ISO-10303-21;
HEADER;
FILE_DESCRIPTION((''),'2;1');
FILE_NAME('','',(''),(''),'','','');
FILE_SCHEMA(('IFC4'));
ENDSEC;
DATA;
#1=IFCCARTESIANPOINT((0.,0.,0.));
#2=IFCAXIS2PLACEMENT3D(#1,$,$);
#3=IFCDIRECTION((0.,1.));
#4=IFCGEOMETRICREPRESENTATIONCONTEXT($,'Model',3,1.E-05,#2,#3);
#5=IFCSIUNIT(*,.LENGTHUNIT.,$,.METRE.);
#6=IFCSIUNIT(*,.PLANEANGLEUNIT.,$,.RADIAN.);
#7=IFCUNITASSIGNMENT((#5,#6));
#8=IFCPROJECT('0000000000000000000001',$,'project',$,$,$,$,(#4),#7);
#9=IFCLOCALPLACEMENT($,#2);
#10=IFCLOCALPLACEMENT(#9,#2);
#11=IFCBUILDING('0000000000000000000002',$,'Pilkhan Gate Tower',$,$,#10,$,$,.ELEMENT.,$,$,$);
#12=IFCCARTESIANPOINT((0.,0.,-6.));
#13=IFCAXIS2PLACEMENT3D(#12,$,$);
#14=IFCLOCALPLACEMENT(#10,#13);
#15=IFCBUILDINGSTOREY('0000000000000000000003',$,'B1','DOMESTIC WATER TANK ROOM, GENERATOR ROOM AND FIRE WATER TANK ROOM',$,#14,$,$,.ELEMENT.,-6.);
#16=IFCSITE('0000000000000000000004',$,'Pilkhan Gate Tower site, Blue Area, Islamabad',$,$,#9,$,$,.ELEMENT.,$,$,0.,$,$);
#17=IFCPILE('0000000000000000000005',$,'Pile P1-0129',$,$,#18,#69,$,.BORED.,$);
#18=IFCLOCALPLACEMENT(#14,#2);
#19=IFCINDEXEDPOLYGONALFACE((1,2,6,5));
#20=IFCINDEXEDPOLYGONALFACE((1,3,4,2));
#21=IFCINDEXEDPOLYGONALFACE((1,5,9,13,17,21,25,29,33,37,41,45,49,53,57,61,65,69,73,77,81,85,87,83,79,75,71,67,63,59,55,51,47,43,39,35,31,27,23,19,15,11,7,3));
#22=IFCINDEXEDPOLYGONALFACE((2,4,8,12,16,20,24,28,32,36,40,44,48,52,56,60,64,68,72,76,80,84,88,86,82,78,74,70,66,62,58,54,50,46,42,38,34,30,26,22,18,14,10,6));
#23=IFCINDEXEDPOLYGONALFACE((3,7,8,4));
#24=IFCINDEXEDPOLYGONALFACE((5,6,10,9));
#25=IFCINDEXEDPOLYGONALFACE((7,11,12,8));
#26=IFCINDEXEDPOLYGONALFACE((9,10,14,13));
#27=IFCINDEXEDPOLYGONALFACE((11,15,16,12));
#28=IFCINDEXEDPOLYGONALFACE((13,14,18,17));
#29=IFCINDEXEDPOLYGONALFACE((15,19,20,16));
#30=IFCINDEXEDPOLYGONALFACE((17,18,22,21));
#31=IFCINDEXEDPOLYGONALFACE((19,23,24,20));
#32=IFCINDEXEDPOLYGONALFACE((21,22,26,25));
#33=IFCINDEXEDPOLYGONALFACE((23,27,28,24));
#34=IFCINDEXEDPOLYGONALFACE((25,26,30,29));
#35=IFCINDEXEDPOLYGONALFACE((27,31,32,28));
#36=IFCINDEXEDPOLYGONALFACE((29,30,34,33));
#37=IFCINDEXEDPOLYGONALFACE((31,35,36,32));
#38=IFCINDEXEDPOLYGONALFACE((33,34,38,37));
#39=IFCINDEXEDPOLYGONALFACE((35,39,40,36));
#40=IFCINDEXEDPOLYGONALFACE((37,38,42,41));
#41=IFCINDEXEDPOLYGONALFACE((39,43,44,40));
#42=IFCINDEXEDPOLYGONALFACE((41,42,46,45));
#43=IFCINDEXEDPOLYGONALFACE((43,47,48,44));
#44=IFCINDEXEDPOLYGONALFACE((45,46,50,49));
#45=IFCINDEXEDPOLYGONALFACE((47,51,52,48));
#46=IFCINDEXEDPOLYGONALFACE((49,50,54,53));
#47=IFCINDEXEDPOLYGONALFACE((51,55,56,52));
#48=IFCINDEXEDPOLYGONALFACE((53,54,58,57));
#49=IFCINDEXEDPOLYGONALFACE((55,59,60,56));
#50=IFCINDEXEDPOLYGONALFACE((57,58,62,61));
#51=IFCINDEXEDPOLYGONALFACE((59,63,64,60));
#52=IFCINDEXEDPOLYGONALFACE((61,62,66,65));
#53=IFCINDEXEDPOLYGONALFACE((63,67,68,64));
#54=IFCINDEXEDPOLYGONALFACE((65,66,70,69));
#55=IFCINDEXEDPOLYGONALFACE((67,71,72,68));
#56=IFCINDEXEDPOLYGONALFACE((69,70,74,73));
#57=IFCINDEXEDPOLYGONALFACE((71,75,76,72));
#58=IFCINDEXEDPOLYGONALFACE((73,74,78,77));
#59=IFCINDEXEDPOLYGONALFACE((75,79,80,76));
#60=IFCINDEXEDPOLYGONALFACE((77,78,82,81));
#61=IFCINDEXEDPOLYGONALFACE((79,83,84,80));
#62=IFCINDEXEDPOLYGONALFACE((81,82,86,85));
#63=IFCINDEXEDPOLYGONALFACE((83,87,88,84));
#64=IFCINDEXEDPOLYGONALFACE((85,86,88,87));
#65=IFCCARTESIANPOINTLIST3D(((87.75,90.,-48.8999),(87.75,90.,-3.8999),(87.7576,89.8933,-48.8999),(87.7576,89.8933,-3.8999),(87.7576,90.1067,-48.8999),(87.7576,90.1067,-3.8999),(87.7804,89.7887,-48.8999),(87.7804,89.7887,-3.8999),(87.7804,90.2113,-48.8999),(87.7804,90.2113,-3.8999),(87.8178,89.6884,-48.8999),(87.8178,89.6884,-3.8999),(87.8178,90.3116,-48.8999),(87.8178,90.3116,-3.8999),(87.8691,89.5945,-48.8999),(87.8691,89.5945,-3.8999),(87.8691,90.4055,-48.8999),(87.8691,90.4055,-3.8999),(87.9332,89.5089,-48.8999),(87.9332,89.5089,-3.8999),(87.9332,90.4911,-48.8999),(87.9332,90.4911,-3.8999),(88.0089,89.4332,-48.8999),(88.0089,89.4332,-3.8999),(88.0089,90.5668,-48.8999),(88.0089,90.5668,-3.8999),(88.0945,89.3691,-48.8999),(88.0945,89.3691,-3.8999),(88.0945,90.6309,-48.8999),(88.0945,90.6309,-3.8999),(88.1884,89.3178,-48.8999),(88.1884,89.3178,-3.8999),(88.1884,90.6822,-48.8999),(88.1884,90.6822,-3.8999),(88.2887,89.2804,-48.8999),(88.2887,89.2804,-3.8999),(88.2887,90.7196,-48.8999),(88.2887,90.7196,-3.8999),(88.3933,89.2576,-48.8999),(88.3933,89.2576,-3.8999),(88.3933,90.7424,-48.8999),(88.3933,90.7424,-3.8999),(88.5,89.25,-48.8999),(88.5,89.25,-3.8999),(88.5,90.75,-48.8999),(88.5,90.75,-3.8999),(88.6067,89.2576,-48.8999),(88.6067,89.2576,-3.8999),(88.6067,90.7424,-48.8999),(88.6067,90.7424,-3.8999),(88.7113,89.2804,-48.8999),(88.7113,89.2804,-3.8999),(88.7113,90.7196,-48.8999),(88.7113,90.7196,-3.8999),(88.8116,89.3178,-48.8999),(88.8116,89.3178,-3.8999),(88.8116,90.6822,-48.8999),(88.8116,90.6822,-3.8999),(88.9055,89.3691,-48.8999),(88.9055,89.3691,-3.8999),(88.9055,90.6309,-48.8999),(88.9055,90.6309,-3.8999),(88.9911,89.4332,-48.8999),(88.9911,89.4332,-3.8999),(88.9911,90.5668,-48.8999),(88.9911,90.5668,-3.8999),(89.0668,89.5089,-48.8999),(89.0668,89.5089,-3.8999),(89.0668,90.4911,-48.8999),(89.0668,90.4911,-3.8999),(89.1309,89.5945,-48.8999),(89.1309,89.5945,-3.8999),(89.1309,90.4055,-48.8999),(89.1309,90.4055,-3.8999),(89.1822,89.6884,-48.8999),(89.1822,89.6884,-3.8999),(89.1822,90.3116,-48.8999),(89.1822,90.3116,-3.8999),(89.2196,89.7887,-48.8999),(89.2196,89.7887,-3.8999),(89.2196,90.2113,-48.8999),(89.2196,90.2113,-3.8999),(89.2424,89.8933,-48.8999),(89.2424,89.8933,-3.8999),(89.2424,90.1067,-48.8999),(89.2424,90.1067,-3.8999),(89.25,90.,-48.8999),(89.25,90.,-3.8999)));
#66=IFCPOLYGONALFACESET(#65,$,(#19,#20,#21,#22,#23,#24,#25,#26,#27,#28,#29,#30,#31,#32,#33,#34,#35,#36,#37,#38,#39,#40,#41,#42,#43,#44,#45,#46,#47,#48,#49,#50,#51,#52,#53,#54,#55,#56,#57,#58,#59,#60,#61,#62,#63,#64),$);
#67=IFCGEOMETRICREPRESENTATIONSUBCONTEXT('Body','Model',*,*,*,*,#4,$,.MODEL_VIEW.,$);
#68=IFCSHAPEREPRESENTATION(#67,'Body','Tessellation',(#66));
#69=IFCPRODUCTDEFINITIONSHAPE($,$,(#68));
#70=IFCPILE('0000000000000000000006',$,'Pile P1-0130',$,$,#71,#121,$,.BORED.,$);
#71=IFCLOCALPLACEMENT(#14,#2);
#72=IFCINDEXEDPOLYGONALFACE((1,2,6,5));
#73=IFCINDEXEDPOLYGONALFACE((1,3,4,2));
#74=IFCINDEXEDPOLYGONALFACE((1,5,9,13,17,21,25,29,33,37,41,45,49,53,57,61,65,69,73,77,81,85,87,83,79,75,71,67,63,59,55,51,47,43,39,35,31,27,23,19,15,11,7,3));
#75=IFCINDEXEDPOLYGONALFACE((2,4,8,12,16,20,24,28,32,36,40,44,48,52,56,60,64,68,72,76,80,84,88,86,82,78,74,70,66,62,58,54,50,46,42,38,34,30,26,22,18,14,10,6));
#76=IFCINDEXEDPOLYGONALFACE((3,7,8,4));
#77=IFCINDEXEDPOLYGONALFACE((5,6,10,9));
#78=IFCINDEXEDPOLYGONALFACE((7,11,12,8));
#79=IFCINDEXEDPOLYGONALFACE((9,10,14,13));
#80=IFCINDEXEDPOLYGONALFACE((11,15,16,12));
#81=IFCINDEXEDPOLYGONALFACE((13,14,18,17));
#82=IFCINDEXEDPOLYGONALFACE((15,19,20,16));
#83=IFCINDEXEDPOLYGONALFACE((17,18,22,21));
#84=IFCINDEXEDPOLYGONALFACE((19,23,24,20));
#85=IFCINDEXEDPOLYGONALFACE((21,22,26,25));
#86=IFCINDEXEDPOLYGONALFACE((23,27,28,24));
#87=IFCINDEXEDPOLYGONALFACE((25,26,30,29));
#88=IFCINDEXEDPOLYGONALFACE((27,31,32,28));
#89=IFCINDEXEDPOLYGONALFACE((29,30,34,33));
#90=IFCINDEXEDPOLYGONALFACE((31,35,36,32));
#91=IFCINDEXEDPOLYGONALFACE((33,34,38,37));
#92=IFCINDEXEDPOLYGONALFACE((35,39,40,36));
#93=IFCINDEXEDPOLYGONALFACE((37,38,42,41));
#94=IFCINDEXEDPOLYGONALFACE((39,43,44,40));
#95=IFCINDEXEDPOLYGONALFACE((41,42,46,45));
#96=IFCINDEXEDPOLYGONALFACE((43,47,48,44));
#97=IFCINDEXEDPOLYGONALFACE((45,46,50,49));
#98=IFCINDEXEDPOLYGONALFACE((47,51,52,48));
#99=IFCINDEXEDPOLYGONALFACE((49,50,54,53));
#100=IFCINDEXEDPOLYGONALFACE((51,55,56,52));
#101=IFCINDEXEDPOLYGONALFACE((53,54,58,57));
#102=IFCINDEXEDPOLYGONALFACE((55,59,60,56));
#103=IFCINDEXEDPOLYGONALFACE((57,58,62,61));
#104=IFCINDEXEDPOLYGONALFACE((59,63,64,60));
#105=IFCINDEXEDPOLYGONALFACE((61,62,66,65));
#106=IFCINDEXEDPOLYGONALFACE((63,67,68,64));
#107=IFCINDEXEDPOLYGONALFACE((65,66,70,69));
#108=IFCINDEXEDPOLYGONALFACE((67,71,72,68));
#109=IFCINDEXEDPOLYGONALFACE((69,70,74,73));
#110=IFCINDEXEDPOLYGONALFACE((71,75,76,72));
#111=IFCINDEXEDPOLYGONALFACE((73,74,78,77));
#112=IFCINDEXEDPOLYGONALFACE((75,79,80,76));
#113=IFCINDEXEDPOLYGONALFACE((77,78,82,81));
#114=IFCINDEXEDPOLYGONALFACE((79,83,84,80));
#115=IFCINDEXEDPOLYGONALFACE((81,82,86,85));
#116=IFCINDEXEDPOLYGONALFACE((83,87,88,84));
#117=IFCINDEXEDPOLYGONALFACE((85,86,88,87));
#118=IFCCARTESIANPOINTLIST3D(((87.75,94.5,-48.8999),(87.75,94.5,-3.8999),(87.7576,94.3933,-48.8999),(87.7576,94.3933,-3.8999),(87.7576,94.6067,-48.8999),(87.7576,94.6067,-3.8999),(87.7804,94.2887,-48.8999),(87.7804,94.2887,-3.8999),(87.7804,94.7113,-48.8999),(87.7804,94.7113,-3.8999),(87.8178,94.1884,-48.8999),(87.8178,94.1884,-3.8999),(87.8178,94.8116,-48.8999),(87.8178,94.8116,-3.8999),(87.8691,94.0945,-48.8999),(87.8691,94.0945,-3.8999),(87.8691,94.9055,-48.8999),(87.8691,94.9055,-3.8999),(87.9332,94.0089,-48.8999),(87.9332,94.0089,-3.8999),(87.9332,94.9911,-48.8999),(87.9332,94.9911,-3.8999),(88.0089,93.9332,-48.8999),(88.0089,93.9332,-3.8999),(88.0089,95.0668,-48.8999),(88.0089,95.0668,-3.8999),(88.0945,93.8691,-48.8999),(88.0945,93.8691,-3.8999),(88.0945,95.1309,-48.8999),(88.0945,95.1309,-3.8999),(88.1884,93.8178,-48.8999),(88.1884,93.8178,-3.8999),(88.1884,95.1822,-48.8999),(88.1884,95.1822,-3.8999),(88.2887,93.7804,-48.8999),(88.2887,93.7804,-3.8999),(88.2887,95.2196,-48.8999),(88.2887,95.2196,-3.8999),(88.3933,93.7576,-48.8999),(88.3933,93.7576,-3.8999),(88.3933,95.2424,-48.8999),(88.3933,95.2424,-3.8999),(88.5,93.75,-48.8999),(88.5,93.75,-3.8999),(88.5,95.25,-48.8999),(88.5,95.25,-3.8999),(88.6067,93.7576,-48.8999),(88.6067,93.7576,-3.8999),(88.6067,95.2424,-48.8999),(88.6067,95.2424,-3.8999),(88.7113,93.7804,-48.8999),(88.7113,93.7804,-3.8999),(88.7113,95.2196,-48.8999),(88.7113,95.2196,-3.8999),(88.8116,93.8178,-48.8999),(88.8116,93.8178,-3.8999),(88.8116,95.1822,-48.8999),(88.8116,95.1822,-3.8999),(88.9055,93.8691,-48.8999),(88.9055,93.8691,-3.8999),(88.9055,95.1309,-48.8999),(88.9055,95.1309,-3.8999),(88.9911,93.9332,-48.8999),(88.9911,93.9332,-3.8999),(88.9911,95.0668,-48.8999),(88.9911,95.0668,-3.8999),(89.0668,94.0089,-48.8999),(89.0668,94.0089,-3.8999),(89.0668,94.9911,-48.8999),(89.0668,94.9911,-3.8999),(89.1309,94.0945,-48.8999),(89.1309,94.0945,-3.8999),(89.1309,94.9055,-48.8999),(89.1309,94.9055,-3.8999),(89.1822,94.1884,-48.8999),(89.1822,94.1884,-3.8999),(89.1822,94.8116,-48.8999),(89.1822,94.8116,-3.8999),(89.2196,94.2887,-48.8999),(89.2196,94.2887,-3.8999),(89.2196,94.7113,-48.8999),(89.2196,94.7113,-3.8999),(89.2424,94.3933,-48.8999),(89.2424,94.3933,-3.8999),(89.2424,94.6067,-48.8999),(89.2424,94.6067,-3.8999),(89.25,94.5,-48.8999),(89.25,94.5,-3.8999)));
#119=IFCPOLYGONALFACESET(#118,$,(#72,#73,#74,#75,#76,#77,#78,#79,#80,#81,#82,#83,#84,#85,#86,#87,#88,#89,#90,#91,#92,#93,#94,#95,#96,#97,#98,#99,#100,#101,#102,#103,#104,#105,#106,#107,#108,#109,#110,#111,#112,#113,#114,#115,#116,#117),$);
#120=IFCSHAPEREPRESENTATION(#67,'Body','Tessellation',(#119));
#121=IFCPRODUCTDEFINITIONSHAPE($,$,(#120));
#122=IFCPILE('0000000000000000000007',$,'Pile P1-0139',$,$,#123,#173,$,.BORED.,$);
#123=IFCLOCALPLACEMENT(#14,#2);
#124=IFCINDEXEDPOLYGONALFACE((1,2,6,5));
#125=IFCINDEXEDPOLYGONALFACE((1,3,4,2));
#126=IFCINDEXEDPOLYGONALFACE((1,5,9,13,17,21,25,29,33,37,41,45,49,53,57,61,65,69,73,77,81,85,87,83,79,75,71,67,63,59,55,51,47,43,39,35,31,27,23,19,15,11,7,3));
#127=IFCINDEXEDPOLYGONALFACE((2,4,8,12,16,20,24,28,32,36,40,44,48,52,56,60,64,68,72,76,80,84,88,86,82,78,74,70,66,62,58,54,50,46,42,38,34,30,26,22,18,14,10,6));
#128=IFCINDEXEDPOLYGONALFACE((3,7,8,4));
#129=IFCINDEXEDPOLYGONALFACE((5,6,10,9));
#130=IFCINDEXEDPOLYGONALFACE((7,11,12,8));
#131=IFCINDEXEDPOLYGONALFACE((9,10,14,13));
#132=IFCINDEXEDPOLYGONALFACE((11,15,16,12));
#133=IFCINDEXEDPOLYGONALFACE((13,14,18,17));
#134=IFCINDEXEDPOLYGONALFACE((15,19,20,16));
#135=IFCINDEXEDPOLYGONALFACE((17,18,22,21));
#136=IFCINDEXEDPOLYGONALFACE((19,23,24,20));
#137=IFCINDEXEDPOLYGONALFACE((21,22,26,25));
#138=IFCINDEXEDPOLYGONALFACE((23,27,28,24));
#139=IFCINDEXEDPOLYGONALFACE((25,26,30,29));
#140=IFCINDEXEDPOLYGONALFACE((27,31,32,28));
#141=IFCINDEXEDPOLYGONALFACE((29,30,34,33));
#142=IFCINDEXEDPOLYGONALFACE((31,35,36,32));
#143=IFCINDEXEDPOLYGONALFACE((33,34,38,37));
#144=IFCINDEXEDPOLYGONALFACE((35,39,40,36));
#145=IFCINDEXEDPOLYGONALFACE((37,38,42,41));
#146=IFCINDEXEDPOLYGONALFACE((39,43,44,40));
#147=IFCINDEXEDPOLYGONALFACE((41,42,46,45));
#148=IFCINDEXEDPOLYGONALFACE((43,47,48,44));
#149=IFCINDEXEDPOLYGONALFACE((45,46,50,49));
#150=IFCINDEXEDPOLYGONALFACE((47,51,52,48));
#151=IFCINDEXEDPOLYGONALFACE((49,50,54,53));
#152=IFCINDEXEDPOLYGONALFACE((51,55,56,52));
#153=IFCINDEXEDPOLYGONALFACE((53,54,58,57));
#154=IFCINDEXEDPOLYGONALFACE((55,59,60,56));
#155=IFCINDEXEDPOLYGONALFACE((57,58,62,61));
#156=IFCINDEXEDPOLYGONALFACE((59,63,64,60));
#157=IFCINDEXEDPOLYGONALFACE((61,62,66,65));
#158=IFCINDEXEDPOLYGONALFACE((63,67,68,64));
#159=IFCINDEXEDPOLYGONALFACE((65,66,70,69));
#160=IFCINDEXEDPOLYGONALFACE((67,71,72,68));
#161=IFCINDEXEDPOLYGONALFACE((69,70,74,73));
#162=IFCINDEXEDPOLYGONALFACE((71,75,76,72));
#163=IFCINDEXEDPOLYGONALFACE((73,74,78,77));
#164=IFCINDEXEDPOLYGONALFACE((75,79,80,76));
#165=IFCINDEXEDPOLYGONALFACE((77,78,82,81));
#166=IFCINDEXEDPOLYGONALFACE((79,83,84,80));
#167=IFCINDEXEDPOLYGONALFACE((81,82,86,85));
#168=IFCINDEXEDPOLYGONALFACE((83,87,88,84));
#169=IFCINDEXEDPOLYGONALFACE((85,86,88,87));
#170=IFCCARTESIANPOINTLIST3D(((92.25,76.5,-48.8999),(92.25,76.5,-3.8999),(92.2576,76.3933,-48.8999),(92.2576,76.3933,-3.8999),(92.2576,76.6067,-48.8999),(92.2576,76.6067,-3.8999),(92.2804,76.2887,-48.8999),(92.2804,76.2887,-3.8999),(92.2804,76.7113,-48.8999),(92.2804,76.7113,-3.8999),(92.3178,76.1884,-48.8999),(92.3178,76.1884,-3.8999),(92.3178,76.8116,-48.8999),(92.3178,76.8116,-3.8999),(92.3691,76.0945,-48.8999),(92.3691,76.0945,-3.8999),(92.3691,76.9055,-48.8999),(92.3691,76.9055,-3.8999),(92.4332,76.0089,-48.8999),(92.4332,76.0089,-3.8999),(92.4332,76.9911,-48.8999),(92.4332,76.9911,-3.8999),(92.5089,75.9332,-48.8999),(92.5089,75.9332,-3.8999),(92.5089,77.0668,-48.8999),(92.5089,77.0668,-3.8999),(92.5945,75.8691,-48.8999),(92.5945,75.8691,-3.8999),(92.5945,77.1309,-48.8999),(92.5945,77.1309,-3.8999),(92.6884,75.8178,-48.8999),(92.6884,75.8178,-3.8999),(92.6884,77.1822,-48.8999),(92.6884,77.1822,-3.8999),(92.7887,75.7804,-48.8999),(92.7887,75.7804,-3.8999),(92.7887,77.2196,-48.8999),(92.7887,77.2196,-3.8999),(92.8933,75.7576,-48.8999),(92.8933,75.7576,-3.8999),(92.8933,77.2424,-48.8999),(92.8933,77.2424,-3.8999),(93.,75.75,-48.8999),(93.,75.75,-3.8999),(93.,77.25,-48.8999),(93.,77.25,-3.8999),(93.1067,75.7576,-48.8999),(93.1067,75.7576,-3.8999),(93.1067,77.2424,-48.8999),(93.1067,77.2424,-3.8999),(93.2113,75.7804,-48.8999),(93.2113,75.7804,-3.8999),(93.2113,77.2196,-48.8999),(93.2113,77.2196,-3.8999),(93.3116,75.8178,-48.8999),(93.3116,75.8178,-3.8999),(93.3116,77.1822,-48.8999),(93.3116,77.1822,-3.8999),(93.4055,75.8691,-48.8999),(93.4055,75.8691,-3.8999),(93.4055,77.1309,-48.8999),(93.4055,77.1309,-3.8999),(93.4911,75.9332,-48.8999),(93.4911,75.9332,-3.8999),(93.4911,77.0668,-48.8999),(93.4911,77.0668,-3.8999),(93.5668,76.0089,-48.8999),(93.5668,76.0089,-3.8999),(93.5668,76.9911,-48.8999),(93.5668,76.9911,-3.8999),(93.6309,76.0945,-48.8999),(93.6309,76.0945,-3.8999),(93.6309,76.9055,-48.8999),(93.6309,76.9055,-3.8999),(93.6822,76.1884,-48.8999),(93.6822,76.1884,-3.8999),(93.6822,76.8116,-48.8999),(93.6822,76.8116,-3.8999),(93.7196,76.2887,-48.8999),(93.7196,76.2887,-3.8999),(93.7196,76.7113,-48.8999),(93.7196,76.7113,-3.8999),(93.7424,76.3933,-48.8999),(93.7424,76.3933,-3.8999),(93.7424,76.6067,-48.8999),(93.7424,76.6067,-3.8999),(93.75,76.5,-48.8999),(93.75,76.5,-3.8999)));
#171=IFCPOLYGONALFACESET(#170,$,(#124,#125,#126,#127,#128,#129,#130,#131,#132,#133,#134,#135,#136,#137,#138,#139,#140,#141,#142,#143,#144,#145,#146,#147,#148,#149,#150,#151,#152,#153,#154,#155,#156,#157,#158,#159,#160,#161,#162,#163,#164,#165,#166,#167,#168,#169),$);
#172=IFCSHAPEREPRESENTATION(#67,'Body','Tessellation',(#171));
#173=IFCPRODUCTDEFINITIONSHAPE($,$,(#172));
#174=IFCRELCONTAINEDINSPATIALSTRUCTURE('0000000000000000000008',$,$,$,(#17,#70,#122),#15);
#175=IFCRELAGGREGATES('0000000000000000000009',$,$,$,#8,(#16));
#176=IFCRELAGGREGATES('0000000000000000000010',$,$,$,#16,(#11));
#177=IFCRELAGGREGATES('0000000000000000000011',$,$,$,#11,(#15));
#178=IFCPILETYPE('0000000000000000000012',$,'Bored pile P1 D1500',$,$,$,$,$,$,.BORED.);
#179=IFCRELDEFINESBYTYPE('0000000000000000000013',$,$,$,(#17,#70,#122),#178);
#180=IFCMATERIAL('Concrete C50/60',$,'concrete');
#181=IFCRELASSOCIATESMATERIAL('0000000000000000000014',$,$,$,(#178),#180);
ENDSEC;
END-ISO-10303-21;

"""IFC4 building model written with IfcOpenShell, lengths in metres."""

from ifc_helpers import new_model, si_unit, direction, frame, origin, origin_2d, place, context, subcontext, project, spatial, circle, extrude, material, material_profile, profile_set, type_object, element, save


model = new_model("IFC4")

# Units and contexts
model_context = context("Model", 3, precision=1e-05, world=origin(), true_north=direction((0.0, 1.0)))
body_context = subcontext(model_context, "Body", "Model", "MODEL_VIEW")
ifc_project = project(units=[si_unit("LENGTHUNIT", "METRE"), si_unit("PLANEANGLEUNIT", "RADIAN")], contexts=[model_context])

# Site, building, storey
site_placement = place(None, origin())
site = spatial("IfcSite", under=ifc_project, at=site_placement, Name="Pilkhan Gate Tower site, Blue Area, Islamabad", CompositionType="ELEMENT", RefElevation=0.0)
building_placement = place(site_placement, origin())
building = spatial("IfcBuilding", under=site, at=building_placement, Name="Pilkhan Gate Tower", CompositionType="ELEMENT")
storey_placement = place(building_placement, frame((0.0, 0.0, -6.0)))
storey = spatial("IfcBuildingStorey", under=building, at=storey_placement, Name="B1", Description="DOMESTIC WATER TANK ROOM, GENERATOR ROOM AND FIRE WATER TANK ROOM", CompositionType="ELEMENT", Elevation=-6.0)

# Piles
ifc_material_1 = material(Name="Concrete C50/60", Category="concrete")
ifc_material_profile = material_profile(ifc_material_1, circle(Radius=0.75, at=origin_2d()), Name="Bored pile 1500 dia")
ifc_profile_set = profile_set([ifc_material_profile], Name="Concrete C50/60")
pile_type = type_object("IfcPileType", Name="Bored pile P1 D1500", PredefinedType="BORED", material=ifc_profile_set)
for number, where, z_axis, x_axis, name in (
    (1, (88.5, 90.0, -3.8999), (0.0, 0.0, -1.0), (1.0, 0.0, 0.0), "Pile P1-0129"),
    (2, (88.5, 94.5, -3.8999), (0.0, 0.0, -1.0), (1.0, 0.0, 0.0), "Pile P1-0130"),
    (3, (93.0, 76.5, -3.8999), (0.0, 0.0, -1.0), (1.0, 0.0, 0.0), "Pile P1-0139"),
):
    element("IfcPile", number, at=place(storey_placement, frame(where, z_axis=z_axis, x_axis=x_axis)), inside=storey, type_object=pile_type, Name=name, PredefinedType="BORED", context=body_context, shape_type="SweptSolid", body=[
        extrude(circle(Radius=0.75, at=origin_2d()), origin(), (0.0, 0.0, 1.0), 45.0),
    ])

save(model, "model.ifc")
